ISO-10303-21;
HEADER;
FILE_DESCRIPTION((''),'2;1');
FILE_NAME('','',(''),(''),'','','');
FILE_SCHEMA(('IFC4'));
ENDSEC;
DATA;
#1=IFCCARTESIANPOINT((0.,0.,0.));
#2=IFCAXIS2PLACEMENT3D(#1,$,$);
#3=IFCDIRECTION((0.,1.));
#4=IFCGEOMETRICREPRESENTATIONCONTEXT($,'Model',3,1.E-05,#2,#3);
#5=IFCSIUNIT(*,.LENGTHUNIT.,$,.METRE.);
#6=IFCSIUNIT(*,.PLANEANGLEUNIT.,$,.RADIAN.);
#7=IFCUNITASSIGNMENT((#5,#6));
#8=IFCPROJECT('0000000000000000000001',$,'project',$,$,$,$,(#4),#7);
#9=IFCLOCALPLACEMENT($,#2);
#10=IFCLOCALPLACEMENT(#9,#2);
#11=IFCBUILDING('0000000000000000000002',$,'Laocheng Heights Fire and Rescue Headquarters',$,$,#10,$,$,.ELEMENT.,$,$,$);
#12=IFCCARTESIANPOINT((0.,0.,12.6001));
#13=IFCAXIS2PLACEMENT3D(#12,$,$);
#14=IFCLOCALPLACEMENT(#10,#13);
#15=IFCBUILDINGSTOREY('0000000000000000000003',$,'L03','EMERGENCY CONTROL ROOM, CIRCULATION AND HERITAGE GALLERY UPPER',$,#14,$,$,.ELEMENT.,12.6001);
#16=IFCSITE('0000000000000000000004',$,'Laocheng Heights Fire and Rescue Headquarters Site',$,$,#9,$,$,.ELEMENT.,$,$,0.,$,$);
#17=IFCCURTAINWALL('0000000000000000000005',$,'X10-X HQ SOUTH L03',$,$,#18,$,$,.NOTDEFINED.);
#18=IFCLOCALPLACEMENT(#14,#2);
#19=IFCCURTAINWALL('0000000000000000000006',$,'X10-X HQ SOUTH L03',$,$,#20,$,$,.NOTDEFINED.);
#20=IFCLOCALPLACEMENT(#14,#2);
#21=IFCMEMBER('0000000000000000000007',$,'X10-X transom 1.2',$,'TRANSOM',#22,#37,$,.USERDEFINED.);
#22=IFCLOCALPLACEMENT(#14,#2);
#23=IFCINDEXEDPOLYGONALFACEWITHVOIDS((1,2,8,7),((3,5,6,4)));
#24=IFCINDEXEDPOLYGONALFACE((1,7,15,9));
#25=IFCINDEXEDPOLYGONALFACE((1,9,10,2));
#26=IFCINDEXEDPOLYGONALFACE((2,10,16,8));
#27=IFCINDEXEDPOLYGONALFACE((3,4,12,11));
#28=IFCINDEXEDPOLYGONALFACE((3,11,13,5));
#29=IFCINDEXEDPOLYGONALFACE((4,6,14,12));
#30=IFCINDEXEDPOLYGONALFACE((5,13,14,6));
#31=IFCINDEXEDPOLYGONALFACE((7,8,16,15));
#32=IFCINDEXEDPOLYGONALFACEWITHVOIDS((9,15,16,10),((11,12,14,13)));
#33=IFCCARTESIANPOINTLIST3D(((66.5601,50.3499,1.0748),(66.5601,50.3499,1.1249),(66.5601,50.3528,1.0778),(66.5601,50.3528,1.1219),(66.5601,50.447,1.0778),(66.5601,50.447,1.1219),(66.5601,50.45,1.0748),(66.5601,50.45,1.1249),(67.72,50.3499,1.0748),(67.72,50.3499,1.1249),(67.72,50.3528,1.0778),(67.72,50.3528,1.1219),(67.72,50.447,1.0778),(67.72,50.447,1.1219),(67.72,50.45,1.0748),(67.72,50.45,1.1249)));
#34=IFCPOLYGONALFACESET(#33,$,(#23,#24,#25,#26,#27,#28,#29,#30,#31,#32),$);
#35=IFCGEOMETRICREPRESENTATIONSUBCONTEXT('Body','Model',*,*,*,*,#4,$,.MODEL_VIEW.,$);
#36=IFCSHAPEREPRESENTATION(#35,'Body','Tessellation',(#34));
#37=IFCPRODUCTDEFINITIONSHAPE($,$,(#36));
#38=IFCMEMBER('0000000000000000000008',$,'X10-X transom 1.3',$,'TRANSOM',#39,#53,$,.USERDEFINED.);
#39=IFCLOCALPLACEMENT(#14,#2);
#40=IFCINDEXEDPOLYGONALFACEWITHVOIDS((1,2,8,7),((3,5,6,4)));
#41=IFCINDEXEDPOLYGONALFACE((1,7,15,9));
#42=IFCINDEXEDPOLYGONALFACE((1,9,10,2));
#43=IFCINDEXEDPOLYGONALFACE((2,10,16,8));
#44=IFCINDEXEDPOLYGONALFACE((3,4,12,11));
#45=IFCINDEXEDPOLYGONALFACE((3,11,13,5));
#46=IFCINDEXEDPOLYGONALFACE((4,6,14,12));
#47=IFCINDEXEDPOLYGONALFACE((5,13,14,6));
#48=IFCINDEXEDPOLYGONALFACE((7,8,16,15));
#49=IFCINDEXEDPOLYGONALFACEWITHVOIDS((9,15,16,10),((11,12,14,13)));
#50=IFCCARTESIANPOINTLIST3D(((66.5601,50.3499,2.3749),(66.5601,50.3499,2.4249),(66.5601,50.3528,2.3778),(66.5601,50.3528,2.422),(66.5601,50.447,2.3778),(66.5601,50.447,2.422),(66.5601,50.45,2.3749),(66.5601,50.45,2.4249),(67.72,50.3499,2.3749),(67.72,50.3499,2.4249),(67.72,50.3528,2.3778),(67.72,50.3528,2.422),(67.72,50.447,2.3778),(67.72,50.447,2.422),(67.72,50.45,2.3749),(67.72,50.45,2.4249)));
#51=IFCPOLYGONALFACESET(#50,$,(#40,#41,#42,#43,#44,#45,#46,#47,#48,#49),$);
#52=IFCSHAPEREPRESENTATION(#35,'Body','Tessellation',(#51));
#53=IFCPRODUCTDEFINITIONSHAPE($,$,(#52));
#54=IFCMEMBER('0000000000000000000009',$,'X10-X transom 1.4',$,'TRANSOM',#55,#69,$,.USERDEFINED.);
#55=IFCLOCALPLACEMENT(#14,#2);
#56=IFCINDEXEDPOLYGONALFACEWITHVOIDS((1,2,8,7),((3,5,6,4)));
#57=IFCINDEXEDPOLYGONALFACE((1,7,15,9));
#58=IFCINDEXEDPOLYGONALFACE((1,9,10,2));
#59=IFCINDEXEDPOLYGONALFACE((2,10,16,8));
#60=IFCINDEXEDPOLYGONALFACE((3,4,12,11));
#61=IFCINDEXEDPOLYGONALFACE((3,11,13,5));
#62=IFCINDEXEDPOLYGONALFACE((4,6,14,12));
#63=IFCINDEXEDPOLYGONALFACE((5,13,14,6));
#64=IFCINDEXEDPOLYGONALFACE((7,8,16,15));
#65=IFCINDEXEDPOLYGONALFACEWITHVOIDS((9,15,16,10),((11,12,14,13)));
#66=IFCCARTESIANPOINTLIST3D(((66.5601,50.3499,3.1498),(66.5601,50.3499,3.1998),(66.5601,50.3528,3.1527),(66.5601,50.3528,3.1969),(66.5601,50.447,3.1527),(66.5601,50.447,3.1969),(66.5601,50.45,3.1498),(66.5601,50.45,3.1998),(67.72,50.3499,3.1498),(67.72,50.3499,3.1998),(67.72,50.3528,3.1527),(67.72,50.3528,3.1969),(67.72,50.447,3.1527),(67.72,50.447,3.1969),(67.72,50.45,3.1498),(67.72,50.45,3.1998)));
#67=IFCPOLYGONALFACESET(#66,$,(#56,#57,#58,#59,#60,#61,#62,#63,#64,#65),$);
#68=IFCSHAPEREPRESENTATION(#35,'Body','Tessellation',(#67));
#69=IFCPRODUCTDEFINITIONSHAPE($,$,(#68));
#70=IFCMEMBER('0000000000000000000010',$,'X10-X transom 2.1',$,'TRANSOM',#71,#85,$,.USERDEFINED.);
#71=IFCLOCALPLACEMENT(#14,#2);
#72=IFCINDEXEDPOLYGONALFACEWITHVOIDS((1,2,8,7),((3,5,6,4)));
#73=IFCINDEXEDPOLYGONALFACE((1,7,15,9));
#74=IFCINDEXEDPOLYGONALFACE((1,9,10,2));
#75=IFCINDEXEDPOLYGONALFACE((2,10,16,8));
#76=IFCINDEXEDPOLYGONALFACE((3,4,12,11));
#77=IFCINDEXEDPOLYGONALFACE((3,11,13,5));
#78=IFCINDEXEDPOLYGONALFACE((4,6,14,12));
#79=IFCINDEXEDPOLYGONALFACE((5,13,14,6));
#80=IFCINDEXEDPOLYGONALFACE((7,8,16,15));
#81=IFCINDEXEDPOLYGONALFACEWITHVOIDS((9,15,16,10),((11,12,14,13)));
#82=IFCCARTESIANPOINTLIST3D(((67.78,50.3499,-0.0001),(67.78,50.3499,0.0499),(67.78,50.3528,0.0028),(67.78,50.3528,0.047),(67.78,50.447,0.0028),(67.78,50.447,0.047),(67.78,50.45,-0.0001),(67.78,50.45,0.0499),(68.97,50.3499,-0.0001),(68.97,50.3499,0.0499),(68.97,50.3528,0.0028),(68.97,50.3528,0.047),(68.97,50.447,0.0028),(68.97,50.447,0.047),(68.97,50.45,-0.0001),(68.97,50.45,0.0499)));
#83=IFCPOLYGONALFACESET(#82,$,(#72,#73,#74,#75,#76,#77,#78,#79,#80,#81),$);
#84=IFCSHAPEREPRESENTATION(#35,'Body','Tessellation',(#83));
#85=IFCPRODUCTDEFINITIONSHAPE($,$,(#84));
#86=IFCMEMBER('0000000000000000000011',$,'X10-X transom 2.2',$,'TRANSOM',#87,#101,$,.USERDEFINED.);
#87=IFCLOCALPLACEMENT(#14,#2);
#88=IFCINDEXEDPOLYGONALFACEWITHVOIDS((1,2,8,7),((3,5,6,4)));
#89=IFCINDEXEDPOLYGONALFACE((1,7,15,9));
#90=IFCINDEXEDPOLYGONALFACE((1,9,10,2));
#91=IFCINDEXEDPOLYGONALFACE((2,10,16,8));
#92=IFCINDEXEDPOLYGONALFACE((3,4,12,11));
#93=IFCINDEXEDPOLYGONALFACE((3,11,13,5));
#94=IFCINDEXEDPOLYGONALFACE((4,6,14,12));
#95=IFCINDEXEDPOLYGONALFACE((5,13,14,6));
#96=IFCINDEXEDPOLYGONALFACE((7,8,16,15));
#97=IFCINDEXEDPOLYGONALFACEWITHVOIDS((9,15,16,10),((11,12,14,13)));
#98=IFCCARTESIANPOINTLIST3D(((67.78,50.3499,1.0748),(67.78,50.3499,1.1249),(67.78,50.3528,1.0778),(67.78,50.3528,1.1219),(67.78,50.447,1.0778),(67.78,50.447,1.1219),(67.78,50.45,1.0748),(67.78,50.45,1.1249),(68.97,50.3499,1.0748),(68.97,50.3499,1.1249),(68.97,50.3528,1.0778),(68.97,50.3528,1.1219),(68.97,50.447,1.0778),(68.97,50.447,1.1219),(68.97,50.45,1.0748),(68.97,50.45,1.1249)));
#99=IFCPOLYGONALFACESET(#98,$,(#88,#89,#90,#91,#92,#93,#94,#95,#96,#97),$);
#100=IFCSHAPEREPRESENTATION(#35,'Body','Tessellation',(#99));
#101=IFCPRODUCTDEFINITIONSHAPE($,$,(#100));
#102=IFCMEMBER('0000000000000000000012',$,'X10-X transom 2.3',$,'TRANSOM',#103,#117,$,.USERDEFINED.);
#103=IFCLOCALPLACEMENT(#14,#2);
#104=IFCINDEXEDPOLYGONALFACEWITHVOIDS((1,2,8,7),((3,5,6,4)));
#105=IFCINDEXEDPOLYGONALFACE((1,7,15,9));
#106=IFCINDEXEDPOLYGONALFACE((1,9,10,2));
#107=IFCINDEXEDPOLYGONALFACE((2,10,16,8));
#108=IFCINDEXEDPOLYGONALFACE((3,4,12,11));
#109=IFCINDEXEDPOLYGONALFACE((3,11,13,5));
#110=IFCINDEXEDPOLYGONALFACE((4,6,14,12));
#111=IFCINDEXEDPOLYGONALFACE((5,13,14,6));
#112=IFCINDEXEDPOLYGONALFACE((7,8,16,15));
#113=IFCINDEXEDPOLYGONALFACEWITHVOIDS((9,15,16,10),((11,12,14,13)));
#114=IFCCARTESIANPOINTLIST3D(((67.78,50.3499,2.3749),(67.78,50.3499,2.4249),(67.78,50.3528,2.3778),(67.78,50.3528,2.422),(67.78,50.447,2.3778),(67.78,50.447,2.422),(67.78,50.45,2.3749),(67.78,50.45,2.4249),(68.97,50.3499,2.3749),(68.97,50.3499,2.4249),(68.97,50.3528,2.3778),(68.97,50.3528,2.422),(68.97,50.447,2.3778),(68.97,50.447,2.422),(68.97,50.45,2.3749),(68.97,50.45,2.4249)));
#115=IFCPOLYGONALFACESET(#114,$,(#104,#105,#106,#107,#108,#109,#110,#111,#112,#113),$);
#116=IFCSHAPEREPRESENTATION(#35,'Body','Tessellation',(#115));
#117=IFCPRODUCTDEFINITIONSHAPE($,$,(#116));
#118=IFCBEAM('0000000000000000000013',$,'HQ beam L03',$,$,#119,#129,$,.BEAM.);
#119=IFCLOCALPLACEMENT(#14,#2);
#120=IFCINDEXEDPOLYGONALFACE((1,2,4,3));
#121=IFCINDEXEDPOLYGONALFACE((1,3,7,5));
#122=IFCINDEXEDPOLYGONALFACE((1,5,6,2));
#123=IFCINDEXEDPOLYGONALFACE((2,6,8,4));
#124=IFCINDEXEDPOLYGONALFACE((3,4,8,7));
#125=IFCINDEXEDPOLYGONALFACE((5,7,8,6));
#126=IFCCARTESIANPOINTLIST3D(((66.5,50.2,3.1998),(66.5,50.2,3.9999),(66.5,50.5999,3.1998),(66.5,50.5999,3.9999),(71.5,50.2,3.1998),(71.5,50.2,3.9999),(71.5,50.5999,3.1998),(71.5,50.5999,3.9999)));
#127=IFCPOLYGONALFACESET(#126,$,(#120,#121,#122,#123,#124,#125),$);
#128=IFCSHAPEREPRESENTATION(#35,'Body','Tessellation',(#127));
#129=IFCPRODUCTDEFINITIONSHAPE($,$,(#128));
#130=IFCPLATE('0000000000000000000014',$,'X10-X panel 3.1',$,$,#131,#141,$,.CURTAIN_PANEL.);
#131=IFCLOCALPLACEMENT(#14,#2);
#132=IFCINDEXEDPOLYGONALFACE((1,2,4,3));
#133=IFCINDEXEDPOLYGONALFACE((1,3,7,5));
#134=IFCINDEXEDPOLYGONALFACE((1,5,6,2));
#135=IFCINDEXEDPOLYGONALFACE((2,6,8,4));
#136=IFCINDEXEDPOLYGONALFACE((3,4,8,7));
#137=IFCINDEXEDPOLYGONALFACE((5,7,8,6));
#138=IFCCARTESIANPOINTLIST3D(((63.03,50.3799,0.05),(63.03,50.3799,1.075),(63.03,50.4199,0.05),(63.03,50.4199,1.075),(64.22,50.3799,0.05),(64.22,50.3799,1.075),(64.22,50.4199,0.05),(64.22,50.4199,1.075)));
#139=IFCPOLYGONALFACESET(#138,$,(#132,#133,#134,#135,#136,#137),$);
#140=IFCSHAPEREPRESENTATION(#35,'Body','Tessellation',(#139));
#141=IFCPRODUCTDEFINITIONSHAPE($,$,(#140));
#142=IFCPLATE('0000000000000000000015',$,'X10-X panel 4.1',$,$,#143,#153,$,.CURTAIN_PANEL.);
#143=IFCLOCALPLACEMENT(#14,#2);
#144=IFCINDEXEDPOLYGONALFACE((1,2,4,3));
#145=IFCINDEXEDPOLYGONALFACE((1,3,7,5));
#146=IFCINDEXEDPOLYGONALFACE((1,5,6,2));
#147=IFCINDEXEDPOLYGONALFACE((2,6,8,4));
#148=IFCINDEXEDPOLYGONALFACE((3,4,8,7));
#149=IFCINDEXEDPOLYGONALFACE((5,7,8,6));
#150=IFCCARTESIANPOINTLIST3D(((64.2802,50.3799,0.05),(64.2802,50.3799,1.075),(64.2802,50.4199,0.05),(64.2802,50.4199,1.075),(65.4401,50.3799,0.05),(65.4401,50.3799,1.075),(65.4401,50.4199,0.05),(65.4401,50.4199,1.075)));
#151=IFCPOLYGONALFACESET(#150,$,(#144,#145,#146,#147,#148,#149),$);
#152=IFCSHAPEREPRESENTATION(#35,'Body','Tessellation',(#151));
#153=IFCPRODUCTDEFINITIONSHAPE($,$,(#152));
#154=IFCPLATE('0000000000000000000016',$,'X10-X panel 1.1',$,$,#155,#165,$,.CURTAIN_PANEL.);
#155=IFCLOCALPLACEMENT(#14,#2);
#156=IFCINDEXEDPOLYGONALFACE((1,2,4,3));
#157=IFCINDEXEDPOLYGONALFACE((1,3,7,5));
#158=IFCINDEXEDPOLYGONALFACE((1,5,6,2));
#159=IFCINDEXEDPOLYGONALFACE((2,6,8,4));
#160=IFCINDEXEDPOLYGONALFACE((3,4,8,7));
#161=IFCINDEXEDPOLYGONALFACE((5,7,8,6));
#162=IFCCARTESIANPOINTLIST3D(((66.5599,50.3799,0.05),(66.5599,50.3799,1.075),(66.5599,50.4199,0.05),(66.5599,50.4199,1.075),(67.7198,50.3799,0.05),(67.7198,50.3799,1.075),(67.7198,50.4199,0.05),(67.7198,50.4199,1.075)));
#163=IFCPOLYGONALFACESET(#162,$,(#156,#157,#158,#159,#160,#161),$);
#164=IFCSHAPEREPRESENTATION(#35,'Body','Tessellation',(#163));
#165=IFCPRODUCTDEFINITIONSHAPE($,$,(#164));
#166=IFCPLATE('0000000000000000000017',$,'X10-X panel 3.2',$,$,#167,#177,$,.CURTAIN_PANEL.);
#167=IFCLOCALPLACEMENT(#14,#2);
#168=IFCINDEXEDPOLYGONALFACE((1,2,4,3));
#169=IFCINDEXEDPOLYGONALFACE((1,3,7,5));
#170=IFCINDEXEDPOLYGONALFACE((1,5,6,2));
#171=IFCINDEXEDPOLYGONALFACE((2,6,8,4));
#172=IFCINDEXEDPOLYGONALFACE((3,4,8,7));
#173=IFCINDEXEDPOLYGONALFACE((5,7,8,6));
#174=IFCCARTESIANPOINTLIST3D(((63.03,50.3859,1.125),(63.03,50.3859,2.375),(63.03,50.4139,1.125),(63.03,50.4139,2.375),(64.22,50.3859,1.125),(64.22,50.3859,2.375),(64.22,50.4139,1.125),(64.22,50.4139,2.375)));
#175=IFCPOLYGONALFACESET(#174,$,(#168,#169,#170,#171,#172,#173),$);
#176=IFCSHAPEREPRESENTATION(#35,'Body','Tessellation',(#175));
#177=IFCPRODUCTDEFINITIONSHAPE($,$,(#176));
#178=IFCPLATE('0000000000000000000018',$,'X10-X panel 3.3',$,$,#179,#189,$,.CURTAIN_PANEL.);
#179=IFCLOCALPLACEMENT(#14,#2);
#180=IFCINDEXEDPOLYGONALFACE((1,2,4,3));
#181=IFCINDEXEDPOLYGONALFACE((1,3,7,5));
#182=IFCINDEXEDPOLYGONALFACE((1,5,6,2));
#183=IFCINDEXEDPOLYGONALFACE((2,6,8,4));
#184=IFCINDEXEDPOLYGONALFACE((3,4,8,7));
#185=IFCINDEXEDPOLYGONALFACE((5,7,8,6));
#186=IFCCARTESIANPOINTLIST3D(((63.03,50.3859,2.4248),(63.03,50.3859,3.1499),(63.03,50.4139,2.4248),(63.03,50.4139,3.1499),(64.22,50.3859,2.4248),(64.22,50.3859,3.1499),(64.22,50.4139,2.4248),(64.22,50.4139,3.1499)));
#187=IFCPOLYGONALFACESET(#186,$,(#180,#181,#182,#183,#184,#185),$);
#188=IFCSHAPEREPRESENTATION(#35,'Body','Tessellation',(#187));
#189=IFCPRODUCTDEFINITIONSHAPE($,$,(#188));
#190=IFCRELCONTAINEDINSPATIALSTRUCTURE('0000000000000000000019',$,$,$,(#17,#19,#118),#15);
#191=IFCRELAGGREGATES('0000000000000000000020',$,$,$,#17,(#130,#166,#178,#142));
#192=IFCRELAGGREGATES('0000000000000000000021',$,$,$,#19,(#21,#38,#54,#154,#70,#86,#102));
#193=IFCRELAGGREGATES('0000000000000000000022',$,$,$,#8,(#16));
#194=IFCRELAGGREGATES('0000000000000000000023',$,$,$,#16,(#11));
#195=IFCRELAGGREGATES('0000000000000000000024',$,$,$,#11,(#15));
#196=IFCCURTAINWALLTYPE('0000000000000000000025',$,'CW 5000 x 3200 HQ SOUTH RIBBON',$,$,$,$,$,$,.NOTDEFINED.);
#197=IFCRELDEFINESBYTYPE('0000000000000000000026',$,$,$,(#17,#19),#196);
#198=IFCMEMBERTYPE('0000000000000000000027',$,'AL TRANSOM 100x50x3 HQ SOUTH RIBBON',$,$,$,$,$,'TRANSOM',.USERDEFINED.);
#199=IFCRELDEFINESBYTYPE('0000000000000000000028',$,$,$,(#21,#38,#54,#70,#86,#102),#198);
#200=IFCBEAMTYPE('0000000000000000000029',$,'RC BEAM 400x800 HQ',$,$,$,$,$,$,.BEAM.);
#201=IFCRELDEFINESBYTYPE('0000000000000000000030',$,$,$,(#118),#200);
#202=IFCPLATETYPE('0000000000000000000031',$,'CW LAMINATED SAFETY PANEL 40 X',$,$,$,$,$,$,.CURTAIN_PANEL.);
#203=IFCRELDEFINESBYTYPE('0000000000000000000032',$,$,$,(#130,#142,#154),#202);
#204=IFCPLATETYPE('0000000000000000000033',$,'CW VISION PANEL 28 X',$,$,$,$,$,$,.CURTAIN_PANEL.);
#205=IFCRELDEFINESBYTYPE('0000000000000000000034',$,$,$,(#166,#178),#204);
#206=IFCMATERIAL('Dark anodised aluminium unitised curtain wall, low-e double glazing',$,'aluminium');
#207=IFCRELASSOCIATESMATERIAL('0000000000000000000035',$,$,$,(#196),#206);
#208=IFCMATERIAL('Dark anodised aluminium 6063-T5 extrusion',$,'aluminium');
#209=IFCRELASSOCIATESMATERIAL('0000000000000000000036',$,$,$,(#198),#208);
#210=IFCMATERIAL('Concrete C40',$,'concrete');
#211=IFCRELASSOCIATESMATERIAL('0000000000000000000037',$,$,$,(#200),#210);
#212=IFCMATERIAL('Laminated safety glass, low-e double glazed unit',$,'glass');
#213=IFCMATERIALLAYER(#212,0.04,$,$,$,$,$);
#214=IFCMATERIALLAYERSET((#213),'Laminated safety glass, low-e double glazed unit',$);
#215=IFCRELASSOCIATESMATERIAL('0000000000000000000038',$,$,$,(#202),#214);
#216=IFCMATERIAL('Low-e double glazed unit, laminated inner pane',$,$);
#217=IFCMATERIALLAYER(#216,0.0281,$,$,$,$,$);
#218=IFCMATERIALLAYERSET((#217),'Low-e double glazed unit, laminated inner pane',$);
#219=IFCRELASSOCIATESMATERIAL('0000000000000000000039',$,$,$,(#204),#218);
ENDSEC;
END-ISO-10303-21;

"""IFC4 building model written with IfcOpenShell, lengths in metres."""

from ifc_helpers import new_model, si_unit, direction, frame, origin, origin_2d, place, context, subcontext, project, spatial, rectangle, hollow_rectangle, extrude, material, layer, layer_set, material_profile, profile_set, type_object, element, aggregate, save


model = new_model("IFC4")

# Units and contexts
model_context = context("Model", 3, precision=1e-05, world=origin(), true_north=direction((0.0, 1.0)))
body_context = subcontext(model_context, "Body", "Model", "MODEL_VIEW")
ifc_project = project(units=[si_unit("LENGTHUNIT", "METRE"), si_unit("PLANEANGLEUNIT", "RADIAN")], contexts=[model_context])

# Site, building, storey
site_placement = place(None, origin())
site = spatial("IfcSite", under=ifc_project, at=site_placement, Name="Laocheng Heights Fire and Rescue Headquarters Site", CompositionType="ELEMENT", RefElevation=0.0)
building_placement = place(site_placement, origin())
building = spatial("IfcBuilding", under=site, at=building_placement, Name="Laocheng Heights Fire and Rescue Headquarters", CompositionType="ELEMENT")
storey_placement = place(building_placement, frame((0.0, 0.0, 12.6001)))
storey = spatial("IfcBuildingStorey", under=building, at=storey_placement, Name="L03", Description="EMERGENCY CONTROL ROOM, CIRCULATION AND HERITAGE GALLERY UPPER", CompositionType="ELEMENT", Elevation=12.6001)

# Curtain walls
ifc_material_1 = material(Name="Dark anodised aluminium unitised curtain wall, low-e double glazing", Category="aluminium")
curtain_wall_type = type_object("IfcCurtainWallType", Name="CW 5000 x 3200 HQ SOUTH RIBBON", PredefinedType="NOTDEFINED", material=ifc_material_1)
curtain_wall_1_placement = place(storey_placement, origin())
curtain_wall_1 = element("IfcCurtainWall", 1, at=curtain_wall_1_placement, inside=storey, type_object=curtain_wall_type, Name="X10-X HQ SOUTH L03", PredefinedType="NOTDEFINED")
curtain_wall_2_placement = place(storey_placement, origin())
curtain_wall_2 = element("IfcCurtainWall", 2, at=curtain_wall_2_placement, inside=storey, type_object=curtain_wall_type, Name="X10-X HQ SOUTH L03", PredefinedType="NOTDEFINED")

# Members
ifc_material_2 = material(Name="Dark anodised aluminium 6063-T5 extrusion", Category="aluminium")
ifc_material_profile_1 = material_profile(ifc_material_2, hollow_rectangle(XDim=0.1001, YDim=0.05, WallThickness=0.0029, at=origin_2d()), Name="AL TRANSOM 100x50x3 HQ SOUTH RIBBON")
ifc_profile_set_1 = profile_set([ifc_material_profile_1], Name="Dark anodised aluminium 6063-T5 extrusion")
member_type_1 = type_object("IfcMemberType", Name="AL TRANSOM 100x50x3 HQ SOUTH RIBBON", ElementType="TRANSOM", PredefinedType="USERDEFINED", material=ifc_profile_set_1)
member_1_placement = place(storey_placement, frame((66.5601, 50.3999, 1.0999), z_axis=(1.0, 0.0, 0.0), x_axis=(0.0, 1.0, 0.0)))
member_1 = element("IfcMember", 3, at=member_1_placement, type_object=member_type_1, Name="X10-X transom 1.2", ObjectType="TRANSOM", PredefinedType="USERDEFINED", context=body_context, shape_type="SweptSolid", body=[
    extrude(hollow_rectangle(XDim=0.1001, YDim=0.05, WallThickness=0.0029, at=origin_2d()), origin(), (0.0, 0.0, 1.0), 1.1599),
])
member_2_placement = place(storey_placement, frame((66.5601, 50.3999, 2.3999), z_axis=(1.0, 0.0, 0.0), x_axis=(0.0, 1.0, 0.0)))
member_2 = element("IfcMember", 4, at=member_2_placement, type_object=member_type_1, Name="X10-X transom 1.3", ObjectType="TRANSOM", PredefinedType="USERDEFINED", context=body_context, shape_type="SweptSolid", body=[
    extrude(hollow_rectangle(XDim=0.1001, YDim=0.05, WallThickness=0.0029, at=origin_2d()), origin(), (0.0, 0.0, 1.0), 1.1599),
])
member_3_placement = place(storey_placement, frame((66.5601, 50.3999, 3.1748), z_axis=(1.0, 0.0, 0.0), x_axis=(0.0, 1.0, 0.0)))
member_3 = element("IfcMember", 5, at=member_3_placement, type_object=member_type_1, Name="X10-X transom 1.4", ObjectType="TRANSOM", PredefinedType="USERDEFINED", context=body_context, shape_type="SweptSolid", body=[
    extrude(hollow_rectangle(XDim=0.1001, YDim=0.05, WallThickness=0.0029, at=origin_2d()), origin(), (0.0, 0.0, 1.0), 1.1599),
])
member_4_placement = place(storey_placement, frame((67.78, 50.3999, 0.0249), z_axis=(1.0, 0.0, 0.0), x_axis=(0.0, 1.0, 0.0)))
member_4 = element("IfcMember", 6, at=member_4_placement, type_object=member_type_1, Name="X10-X transom 2.1", ObjectType="TRANSOM", PredefinedType="USERDEFINED", context=body_context, shape_type="SweptSolid", body=[
    extrude(hollow_rectangle(XDim=0.1001, YDim=0.05, WallThickness=0.0029, at=origin_2d()), origin(), (0.0, 0.0, 1.0), 1.1899),
])
member_5_placement = place(storey_placement, frame((67.78, 50.3999, 1.0999), z_axis=(1.0, 0.0, 0.0), x_axis=(0.0, 1.0, 0.0)))
member_5 = element("IfcMember", 7, at=member_5_placement, type_object=member_type_1, Name="X10-X transom 2.2", ObjectType="TRANSOM", PredefinedType="USERDEFINED", context=body_context, shape_type="SweptSolid", body=[
    extrude(hollow_rectangle(XDim=0.1001, YDim=0.05, WallThickness=0.0029, at=origin_2d()), origin(), (0.0, 0.0, 1.0), 1.1899),
])
member_6_placement = place(storey_placement, frame((67.78, 50.3999, 2.3999), z_axis=(1.0, 0.0, 0.0), x_axis=(0.0, 1.0, 0.0)))
member_6 = element("IfcMember", 8, at=member_6_placement, type_object=member_type_1, Name="X10-X transom 2.3", ObjectType="TRANSOM", PredefinedType="USERDEFINED", context=body_context, shape_type="SweptSolid", body=[
    extrude(hollow_rectangle(XDim=0.1001, YDim=0.05, WallThickness=0.0029, at=origin_2d()), origin(), (0.0, 0.0, 1.0), 1.1899),
])

# Beam
ifc_material_3 = material(Name="Concrete C40", Category="concrete")
ifc_material_profile_2 = material_profile(ifc_material_3, rectangle(XDim=0.3999, YDim=0.8, at=origin_2d()), Name="RC BEAM 400x800 HQ")
ifc_profile_set_2 = profile_set([ifc_material_profile_2], Name="Concrete C40")
beam_type = type_object("IfcBeamType", Name="RC BEAM 400x800 HQ", PredefinedType="BEAM", material=ifc_profile_set_2)
beam_placement = place(storey_placement, frame((66.5, 50.3999, 3.5999), z_axis=(1.0, 0.0, 0.0), x_axis=(0.0, 1.0, 0.0)))
element("IfcBeam", 9, at=beam_placement, inside=storey, type_object=beam_type, Name="HQ beam L03", PredefinedType="BEAM", context=body_context, shape_type="SweptSolid", body=[
    extrude(rectangle(XDim=0.3999, YDim=0.8, at=origin_2d()), origin(), (0.0, 0.0, 1.0), 5.0),
])

# Plates
ifc_material_4 = material(Name="Laminated safety glass, low-e double glazed unit", Category="glass")
ifc_layer_1 = layer(ifc_material_4, 0.04)
ifc_layer_set_1 = layer_set([ifc_layer_1], Name="Laminated safety glass, low-e double glazed unit")
plate_type_1 = type_object("IfcPlateType", Name="CW LAMINATED SAFETY PANEL 40 X", PredefinedType="CURTAIN_PANEL", material=ifc_layer_set_1)
plate_1_placement = place(storey_placement, frame((63.625, 50.3999, 0.05), z_axis=(0.0, 0.0, 1.0), x_axis=(1.0, 0.0, 0.0)))
plate_1 = element("IfcPlate", 10, at=plate_1_placement, type_object=plate_type_1, Name="X10-X panel 3.1", PredefinedType="CURTAIN_PANEL", context=body_context, shape_type="SweptSolid", body=[
    extrude(rectangle(XDim=1.1899, YDim=0.04, at=origin_2d()), origin(), (0.0, 0.0, 1.0), 1.0249),
])
plate_2_placement = place(storey_placement, frame((64.8601, 50.3999, 0.05), z_axis=(0.0, 0.0, 1.0), x_axis=(1.0, 0.0, 0.0)))
plate_2 = element("IfcPlate", 11, at=plate_2_placement, type_object=plate_type_1, Name="X10-X panel 4.1", PredefinedType="CURTAIN_PANEL", context=body_context, shape_type="SweptSolid", body=[
    extrude(rectangle(XDim=1.1599, YDim=0.04, at=origin_2d()), origin(), (0.0, 0.0, 1.0), 1.0249),
])
plate_3_placement = place(storey_placement, frame((67.1399, 50.3999, 0.05), z_axis=(0.0, 0.0, 1.0), x_axis=(1.0, 0.0, 0.0)))
plate_3 = element("IfcPlate", 12, at=plate_3_placement, type_object=plate_type_1, Name="X10-X panel 1.1", PredefinedType="CURTAIN_PANEL", context=body_context, shape_type="SweptSolid", body=[
    extrude(rectangle(XDim=1.1599, YDim=0.04, at=origin_2d()), origin(), (0.0, 0.0, 1.0), 1.0249),
])
ifc_material_5 = material(Name="Low-e double glazed unit, laminated inner pane")
ifc_layer_2 = layer(ifc_material_5, 0.0281)
ifc_layer_set_2 = layer_set([ifc_layer_2], Name="Low-e double glazed unit, laminated inner pane")
plate_type_2 = type_object("IfcPlateType", Name="CW VISION PANEL 28 X", PredefinedType="CURTAIN_PANEL", material=ifc_layer_set_2)
plate_4_placement = place(storey_placement, frame((63.625, 50.3999, 1.125), z_axis=(0.0, 0.0, 1.0), x_axis=(1.0, 0.0, 0.0)))
plate_4 = element("IfcPlate", 13, at=plate_4_placement, type_object=plate_type_2, Name="X10-X panel 3.2", PredefinedType="CURTAIN_PANEL", context=body_context, shape_type="SweptSolid", body=[
    extrude(rectangle(XDim=1.1899, YDim=0.0281, at=origin_2d()), origin(), (0.0, 0.0, 1.0), 1.25),
])
plate_5_placement = place(storey_placement, frame((63.625, 50.3999, 2.4248), z_axis=(0.0, 0.0, 1.0), x_axis=(1.0, 0.0, 0.0)))
plate_5 = element("IfcPlate", 14, at=plate_5_placement, type_object=plate_type_2, Name="X10-X panel 3.3", PredefinedType="CURTAIN_PANEL", context=body_context, shape_type="SweptSolid", body=[
    extrude(rectangle(XDim=1.1899, YDim=0.0281, at=origin_2d()), origin(), (0.0, 0.0, 1.0), 0.7251),
])
aggregate(curtain_wall_1, [plate_1, plate_4, plate_5, plate_2])
aggregate(curtain_wall_2, [member_1, member_2, member_3, plate_3, member_4, member_5, member_6])

save(model, "model.ifc")
